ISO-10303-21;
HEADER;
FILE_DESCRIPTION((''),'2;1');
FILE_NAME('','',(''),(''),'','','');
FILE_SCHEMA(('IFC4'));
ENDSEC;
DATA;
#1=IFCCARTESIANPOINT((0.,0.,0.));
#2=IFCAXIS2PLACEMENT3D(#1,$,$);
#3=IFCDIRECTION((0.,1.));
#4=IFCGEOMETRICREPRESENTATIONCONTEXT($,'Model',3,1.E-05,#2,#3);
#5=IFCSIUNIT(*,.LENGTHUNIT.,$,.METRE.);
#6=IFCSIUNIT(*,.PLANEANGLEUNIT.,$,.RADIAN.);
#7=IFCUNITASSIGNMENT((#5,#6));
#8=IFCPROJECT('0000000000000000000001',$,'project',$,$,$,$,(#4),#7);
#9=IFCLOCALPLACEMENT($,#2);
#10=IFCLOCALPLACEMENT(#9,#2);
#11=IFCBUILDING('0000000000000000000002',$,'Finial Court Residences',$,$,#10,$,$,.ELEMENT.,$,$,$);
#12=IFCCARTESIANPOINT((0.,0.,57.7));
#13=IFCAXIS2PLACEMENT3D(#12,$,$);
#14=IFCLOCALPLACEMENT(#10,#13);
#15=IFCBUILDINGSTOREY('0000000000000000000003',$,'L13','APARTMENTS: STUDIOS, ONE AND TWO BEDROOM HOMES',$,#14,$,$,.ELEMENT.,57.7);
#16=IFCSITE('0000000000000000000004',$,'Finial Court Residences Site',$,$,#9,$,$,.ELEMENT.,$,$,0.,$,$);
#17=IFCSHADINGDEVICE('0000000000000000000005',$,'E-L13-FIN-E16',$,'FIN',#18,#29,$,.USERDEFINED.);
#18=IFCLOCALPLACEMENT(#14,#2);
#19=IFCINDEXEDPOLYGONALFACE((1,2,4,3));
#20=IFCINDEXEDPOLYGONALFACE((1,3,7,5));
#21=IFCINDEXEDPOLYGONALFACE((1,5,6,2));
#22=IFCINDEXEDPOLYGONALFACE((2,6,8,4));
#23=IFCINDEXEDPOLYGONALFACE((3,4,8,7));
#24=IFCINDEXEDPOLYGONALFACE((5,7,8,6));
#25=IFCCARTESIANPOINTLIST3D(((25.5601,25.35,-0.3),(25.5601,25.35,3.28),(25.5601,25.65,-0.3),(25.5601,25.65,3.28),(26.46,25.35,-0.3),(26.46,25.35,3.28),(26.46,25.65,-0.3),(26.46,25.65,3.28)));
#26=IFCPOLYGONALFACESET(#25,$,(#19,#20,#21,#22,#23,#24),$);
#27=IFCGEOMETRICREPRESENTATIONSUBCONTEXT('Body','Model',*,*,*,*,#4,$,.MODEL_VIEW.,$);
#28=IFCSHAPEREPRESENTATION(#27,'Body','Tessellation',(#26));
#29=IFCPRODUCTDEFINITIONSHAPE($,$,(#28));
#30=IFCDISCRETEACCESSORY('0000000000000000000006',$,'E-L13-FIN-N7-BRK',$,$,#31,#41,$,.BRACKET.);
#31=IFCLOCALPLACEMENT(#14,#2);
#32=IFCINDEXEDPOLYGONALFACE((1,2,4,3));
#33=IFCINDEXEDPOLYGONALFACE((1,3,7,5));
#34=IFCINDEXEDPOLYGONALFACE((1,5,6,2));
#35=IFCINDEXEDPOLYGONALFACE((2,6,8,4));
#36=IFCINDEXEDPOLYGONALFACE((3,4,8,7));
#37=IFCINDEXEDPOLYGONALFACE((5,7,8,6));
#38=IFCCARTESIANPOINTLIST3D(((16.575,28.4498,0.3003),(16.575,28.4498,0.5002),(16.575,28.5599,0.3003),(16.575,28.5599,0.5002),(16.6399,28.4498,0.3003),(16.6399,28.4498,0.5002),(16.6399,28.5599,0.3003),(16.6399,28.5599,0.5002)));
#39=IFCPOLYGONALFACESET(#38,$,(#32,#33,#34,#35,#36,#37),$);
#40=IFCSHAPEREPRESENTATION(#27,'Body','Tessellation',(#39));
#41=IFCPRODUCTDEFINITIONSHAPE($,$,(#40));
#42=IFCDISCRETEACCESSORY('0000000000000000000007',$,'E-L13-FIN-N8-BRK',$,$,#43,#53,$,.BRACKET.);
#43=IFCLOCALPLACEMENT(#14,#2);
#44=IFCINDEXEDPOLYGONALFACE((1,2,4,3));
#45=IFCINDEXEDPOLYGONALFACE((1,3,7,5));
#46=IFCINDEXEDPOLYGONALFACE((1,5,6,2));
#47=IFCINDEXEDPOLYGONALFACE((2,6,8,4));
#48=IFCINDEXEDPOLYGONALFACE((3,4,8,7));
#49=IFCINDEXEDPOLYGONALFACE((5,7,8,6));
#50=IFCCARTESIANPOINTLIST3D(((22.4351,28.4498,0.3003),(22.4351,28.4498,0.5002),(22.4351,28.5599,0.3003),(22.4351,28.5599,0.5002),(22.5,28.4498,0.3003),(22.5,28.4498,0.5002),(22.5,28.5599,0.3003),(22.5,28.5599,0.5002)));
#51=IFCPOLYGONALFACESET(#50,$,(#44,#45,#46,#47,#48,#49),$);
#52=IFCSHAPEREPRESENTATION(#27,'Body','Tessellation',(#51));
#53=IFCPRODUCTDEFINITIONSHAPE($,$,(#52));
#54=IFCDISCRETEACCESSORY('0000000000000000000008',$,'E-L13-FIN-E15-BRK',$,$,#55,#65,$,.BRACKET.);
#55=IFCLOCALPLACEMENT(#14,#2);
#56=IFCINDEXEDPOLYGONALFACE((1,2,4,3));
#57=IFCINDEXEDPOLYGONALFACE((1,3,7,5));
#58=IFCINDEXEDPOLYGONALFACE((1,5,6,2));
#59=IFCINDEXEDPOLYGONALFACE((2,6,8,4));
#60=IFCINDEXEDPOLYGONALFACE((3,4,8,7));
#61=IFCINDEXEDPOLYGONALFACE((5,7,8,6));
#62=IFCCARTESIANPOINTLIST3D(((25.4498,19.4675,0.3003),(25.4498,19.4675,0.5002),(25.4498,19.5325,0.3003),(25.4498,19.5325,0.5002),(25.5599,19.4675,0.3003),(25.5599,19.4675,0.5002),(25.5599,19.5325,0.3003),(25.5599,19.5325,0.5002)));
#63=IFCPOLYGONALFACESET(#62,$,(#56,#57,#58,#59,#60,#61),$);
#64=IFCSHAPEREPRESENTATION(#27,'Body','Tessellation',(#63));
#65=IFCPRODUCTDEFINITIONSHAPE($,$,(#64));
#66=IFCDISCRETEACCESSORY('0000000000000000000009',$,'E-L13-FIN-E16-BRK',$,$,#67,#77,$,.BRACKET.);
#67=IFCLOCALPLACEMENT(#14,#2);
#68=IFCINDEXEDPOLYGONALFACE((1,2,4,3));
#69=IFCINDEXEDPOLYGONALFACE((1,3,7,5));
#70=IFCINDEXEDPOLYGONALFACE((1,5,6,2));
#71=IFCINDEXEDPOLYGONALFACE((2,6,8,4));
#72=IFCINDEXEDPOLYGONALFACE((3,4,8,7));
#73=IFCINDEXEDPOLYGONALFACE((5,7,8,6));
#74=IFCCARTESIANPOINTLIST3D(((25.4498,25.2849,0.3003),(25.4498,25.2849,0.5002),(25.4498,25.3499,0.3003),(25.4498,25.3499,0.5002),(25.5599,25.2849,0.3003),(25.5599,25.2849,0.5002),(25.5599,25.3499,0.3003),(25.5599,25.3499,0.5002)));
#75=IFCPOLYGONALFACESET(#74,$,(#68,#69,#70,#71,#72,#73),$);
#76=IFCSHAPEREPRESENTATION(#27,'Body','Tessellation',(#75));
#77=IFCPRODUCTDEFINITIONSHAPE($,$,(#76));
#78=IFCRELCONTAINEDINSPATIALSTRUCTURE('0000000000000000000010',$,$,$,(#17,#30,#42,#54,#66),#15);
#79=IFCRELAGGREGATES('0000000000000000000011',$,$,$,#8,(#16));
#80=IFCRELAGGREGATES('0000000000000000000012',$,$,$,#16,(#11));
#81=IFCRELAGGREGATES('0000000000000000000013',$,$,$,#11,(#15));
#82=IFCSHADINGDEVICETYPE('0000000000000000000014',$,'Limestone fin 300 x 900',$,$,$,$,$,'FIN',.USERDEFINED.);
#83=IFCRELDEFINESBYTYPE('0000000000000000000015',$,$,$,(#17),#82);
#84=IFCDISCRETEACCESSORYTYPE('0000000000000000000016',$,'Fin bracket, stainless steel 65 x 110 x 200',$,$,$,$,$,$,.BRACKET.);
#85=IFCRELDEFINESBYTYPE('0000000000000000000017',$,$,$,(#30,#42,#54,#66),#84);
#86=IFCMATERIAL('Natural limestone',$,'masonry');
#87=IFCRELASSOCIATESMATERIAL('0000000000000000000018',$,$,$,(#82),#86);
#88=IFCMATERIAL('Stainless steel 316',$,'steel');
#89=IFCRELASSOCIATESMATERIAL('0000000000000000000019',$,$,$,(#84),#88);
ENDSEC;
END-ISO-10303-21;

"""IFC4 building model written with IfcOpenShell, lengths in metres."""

from ifc_helpers import new_model, si_unit, direction, frame, origin, origin_2d, place, context, subcontext, project, spatial, rectangle, extrude, material, type_object, element, save


model = new_model("IFC4")

# Units and contexts
model_context = context("Model", 3, precision=1e-05, world=origin(), true_north=direction((0.0, 1.0)))
body_context = subcontext(model_context, "Body", "Model", "MODEL_VIEW")
ifc_project = project(units=[si_unit("LENGTHUNIT", "METRE"), si_unit("PLANEANGLEUNIT", "RADIAN")], contexts=[model_context])

# Site, building, storey
site_placement = place(None, origin())
site = spatial("IfcSite", under=ifc_project, at=site_placement, Name="Finial Court Residences Site", CompositionType="ELEMENT", RefElevation=0.0)
building_placement = place(site_placement, origin())
building = spatial("IfcBuilding", under=site, at=building_placement, Name="Finial Court Residences", CompositionType="ELEMENT")
storey_placement = place(building_placement, frame((0.0, 0.0, 57.7)))
storey = spatial("IfcBuildingStorey", under=building, at=storey_placement, Name="L13", Description="APARTMENTS: STUDIOS, ONE AND TWO BEDROOM HOMES", CompositionType="ELEMENT", Elevation=57.7)

# Shared definitions
ifc_material_1 = material(Name="Natural limestone", Category="masonry")

# Shading device
shading_device_type = type_object("IfcShadingDeviceType", Name="Limestone fin 300 x 900", ElementType="FIN", PredefinedType="USERDEFINED", material=ifc_material_1)
for number, where, z_axis, x_axis, name in (
    (1, (26.01, 25.5, -0.3), (0.0, 0.0, 1.0), (1.0, 0.0, 0.0), "E-L13-FIN-E16"),
):
    element("IfcShadingDevice", number, at=place(storey_placement, frame(where, z_axis=z_axis, x_axis=x_axis)), inside=storey, type_object=shading_device_type, Name=name, ObjectType="FIN", PredefinedType="USERDEFINED", context=body_context, shape_type="SweptSolid", body=[
        extrude(rectangle(XDim=0.8999, YDim=0.3, at=origin_2d()), origin(), (0.0, 0.0, 1.0), 3.5801),
    ])

# Discrete accessories
ifc_material_2 = material(Name="Stainless steel 316", Category="steel")
discrete_accessory_type = type_object("IfcDiscreteAccessoryType", Name="Fin bracket, stainless steel 65 x 110 x 200", PredefinedType="BRACKET", material=ifc_material_2)
for number, where, z_axis, x_axis, name in (
    (2, (16.6074, 28.5049, 0.3003), (0.0, 0.0, 1.0), (1.0, 0.0, 0.0), "E-L13-FIN-N7-BRK"),
    (3, (22.4675, 28.5049, 0.3003), (0.0, 0.0, 1.0), (1.0, 0.0, 0.0), "E-L13-FIN-N8-BRK"),
):
    element("IfcDiscreteAccessory", number, at=place(storey_placement, frame(where, z_axis=z_axis, x_axis=x_axis)), inside=storey, type_object=discrete_accessory_type, Name=name, PredefinedType="BRACKET", context=body_context, shape_type="SweptSolid", body=[
        extrude(rectangle(XDim=0.0649, YDim=0.1101, at=origin_2d()), origin(), (0.0, 0.0, 1.0), 0.2),
    ])
for number, where, z_axis, x_axis, name in (
    (4, (25.5049, 19.5, 0.3003), (0.0, 0.0, 1.0), (1.0, 0.0, 0.0), "E-L13-FIN-E15-BRK"),
    (5, (25.5049, 25.3174, 0.3003), (0.0, 0.0, 1.0), (1.0, 0.0, 0.0), "E-L13-FIN-E16-BRK"),
):
    element("IfcDiscreteAccessory", number, at=place(storey_placement, frame(where, z_axis=z_axis, x_axis=x_axis)), inside=storey, type_object=discrete_accessory_type, Name=name, PredefinedType="BRACKET", context=body_context, shape_type="SweptSolid", body=[
        extrude(rectangle(XDim=0.1101, YDim=0.0649, at=origin_2d()), origin(), (0.0, 0.0, 1.0), 0.2),
    ])

save(model, "model.ifc")
